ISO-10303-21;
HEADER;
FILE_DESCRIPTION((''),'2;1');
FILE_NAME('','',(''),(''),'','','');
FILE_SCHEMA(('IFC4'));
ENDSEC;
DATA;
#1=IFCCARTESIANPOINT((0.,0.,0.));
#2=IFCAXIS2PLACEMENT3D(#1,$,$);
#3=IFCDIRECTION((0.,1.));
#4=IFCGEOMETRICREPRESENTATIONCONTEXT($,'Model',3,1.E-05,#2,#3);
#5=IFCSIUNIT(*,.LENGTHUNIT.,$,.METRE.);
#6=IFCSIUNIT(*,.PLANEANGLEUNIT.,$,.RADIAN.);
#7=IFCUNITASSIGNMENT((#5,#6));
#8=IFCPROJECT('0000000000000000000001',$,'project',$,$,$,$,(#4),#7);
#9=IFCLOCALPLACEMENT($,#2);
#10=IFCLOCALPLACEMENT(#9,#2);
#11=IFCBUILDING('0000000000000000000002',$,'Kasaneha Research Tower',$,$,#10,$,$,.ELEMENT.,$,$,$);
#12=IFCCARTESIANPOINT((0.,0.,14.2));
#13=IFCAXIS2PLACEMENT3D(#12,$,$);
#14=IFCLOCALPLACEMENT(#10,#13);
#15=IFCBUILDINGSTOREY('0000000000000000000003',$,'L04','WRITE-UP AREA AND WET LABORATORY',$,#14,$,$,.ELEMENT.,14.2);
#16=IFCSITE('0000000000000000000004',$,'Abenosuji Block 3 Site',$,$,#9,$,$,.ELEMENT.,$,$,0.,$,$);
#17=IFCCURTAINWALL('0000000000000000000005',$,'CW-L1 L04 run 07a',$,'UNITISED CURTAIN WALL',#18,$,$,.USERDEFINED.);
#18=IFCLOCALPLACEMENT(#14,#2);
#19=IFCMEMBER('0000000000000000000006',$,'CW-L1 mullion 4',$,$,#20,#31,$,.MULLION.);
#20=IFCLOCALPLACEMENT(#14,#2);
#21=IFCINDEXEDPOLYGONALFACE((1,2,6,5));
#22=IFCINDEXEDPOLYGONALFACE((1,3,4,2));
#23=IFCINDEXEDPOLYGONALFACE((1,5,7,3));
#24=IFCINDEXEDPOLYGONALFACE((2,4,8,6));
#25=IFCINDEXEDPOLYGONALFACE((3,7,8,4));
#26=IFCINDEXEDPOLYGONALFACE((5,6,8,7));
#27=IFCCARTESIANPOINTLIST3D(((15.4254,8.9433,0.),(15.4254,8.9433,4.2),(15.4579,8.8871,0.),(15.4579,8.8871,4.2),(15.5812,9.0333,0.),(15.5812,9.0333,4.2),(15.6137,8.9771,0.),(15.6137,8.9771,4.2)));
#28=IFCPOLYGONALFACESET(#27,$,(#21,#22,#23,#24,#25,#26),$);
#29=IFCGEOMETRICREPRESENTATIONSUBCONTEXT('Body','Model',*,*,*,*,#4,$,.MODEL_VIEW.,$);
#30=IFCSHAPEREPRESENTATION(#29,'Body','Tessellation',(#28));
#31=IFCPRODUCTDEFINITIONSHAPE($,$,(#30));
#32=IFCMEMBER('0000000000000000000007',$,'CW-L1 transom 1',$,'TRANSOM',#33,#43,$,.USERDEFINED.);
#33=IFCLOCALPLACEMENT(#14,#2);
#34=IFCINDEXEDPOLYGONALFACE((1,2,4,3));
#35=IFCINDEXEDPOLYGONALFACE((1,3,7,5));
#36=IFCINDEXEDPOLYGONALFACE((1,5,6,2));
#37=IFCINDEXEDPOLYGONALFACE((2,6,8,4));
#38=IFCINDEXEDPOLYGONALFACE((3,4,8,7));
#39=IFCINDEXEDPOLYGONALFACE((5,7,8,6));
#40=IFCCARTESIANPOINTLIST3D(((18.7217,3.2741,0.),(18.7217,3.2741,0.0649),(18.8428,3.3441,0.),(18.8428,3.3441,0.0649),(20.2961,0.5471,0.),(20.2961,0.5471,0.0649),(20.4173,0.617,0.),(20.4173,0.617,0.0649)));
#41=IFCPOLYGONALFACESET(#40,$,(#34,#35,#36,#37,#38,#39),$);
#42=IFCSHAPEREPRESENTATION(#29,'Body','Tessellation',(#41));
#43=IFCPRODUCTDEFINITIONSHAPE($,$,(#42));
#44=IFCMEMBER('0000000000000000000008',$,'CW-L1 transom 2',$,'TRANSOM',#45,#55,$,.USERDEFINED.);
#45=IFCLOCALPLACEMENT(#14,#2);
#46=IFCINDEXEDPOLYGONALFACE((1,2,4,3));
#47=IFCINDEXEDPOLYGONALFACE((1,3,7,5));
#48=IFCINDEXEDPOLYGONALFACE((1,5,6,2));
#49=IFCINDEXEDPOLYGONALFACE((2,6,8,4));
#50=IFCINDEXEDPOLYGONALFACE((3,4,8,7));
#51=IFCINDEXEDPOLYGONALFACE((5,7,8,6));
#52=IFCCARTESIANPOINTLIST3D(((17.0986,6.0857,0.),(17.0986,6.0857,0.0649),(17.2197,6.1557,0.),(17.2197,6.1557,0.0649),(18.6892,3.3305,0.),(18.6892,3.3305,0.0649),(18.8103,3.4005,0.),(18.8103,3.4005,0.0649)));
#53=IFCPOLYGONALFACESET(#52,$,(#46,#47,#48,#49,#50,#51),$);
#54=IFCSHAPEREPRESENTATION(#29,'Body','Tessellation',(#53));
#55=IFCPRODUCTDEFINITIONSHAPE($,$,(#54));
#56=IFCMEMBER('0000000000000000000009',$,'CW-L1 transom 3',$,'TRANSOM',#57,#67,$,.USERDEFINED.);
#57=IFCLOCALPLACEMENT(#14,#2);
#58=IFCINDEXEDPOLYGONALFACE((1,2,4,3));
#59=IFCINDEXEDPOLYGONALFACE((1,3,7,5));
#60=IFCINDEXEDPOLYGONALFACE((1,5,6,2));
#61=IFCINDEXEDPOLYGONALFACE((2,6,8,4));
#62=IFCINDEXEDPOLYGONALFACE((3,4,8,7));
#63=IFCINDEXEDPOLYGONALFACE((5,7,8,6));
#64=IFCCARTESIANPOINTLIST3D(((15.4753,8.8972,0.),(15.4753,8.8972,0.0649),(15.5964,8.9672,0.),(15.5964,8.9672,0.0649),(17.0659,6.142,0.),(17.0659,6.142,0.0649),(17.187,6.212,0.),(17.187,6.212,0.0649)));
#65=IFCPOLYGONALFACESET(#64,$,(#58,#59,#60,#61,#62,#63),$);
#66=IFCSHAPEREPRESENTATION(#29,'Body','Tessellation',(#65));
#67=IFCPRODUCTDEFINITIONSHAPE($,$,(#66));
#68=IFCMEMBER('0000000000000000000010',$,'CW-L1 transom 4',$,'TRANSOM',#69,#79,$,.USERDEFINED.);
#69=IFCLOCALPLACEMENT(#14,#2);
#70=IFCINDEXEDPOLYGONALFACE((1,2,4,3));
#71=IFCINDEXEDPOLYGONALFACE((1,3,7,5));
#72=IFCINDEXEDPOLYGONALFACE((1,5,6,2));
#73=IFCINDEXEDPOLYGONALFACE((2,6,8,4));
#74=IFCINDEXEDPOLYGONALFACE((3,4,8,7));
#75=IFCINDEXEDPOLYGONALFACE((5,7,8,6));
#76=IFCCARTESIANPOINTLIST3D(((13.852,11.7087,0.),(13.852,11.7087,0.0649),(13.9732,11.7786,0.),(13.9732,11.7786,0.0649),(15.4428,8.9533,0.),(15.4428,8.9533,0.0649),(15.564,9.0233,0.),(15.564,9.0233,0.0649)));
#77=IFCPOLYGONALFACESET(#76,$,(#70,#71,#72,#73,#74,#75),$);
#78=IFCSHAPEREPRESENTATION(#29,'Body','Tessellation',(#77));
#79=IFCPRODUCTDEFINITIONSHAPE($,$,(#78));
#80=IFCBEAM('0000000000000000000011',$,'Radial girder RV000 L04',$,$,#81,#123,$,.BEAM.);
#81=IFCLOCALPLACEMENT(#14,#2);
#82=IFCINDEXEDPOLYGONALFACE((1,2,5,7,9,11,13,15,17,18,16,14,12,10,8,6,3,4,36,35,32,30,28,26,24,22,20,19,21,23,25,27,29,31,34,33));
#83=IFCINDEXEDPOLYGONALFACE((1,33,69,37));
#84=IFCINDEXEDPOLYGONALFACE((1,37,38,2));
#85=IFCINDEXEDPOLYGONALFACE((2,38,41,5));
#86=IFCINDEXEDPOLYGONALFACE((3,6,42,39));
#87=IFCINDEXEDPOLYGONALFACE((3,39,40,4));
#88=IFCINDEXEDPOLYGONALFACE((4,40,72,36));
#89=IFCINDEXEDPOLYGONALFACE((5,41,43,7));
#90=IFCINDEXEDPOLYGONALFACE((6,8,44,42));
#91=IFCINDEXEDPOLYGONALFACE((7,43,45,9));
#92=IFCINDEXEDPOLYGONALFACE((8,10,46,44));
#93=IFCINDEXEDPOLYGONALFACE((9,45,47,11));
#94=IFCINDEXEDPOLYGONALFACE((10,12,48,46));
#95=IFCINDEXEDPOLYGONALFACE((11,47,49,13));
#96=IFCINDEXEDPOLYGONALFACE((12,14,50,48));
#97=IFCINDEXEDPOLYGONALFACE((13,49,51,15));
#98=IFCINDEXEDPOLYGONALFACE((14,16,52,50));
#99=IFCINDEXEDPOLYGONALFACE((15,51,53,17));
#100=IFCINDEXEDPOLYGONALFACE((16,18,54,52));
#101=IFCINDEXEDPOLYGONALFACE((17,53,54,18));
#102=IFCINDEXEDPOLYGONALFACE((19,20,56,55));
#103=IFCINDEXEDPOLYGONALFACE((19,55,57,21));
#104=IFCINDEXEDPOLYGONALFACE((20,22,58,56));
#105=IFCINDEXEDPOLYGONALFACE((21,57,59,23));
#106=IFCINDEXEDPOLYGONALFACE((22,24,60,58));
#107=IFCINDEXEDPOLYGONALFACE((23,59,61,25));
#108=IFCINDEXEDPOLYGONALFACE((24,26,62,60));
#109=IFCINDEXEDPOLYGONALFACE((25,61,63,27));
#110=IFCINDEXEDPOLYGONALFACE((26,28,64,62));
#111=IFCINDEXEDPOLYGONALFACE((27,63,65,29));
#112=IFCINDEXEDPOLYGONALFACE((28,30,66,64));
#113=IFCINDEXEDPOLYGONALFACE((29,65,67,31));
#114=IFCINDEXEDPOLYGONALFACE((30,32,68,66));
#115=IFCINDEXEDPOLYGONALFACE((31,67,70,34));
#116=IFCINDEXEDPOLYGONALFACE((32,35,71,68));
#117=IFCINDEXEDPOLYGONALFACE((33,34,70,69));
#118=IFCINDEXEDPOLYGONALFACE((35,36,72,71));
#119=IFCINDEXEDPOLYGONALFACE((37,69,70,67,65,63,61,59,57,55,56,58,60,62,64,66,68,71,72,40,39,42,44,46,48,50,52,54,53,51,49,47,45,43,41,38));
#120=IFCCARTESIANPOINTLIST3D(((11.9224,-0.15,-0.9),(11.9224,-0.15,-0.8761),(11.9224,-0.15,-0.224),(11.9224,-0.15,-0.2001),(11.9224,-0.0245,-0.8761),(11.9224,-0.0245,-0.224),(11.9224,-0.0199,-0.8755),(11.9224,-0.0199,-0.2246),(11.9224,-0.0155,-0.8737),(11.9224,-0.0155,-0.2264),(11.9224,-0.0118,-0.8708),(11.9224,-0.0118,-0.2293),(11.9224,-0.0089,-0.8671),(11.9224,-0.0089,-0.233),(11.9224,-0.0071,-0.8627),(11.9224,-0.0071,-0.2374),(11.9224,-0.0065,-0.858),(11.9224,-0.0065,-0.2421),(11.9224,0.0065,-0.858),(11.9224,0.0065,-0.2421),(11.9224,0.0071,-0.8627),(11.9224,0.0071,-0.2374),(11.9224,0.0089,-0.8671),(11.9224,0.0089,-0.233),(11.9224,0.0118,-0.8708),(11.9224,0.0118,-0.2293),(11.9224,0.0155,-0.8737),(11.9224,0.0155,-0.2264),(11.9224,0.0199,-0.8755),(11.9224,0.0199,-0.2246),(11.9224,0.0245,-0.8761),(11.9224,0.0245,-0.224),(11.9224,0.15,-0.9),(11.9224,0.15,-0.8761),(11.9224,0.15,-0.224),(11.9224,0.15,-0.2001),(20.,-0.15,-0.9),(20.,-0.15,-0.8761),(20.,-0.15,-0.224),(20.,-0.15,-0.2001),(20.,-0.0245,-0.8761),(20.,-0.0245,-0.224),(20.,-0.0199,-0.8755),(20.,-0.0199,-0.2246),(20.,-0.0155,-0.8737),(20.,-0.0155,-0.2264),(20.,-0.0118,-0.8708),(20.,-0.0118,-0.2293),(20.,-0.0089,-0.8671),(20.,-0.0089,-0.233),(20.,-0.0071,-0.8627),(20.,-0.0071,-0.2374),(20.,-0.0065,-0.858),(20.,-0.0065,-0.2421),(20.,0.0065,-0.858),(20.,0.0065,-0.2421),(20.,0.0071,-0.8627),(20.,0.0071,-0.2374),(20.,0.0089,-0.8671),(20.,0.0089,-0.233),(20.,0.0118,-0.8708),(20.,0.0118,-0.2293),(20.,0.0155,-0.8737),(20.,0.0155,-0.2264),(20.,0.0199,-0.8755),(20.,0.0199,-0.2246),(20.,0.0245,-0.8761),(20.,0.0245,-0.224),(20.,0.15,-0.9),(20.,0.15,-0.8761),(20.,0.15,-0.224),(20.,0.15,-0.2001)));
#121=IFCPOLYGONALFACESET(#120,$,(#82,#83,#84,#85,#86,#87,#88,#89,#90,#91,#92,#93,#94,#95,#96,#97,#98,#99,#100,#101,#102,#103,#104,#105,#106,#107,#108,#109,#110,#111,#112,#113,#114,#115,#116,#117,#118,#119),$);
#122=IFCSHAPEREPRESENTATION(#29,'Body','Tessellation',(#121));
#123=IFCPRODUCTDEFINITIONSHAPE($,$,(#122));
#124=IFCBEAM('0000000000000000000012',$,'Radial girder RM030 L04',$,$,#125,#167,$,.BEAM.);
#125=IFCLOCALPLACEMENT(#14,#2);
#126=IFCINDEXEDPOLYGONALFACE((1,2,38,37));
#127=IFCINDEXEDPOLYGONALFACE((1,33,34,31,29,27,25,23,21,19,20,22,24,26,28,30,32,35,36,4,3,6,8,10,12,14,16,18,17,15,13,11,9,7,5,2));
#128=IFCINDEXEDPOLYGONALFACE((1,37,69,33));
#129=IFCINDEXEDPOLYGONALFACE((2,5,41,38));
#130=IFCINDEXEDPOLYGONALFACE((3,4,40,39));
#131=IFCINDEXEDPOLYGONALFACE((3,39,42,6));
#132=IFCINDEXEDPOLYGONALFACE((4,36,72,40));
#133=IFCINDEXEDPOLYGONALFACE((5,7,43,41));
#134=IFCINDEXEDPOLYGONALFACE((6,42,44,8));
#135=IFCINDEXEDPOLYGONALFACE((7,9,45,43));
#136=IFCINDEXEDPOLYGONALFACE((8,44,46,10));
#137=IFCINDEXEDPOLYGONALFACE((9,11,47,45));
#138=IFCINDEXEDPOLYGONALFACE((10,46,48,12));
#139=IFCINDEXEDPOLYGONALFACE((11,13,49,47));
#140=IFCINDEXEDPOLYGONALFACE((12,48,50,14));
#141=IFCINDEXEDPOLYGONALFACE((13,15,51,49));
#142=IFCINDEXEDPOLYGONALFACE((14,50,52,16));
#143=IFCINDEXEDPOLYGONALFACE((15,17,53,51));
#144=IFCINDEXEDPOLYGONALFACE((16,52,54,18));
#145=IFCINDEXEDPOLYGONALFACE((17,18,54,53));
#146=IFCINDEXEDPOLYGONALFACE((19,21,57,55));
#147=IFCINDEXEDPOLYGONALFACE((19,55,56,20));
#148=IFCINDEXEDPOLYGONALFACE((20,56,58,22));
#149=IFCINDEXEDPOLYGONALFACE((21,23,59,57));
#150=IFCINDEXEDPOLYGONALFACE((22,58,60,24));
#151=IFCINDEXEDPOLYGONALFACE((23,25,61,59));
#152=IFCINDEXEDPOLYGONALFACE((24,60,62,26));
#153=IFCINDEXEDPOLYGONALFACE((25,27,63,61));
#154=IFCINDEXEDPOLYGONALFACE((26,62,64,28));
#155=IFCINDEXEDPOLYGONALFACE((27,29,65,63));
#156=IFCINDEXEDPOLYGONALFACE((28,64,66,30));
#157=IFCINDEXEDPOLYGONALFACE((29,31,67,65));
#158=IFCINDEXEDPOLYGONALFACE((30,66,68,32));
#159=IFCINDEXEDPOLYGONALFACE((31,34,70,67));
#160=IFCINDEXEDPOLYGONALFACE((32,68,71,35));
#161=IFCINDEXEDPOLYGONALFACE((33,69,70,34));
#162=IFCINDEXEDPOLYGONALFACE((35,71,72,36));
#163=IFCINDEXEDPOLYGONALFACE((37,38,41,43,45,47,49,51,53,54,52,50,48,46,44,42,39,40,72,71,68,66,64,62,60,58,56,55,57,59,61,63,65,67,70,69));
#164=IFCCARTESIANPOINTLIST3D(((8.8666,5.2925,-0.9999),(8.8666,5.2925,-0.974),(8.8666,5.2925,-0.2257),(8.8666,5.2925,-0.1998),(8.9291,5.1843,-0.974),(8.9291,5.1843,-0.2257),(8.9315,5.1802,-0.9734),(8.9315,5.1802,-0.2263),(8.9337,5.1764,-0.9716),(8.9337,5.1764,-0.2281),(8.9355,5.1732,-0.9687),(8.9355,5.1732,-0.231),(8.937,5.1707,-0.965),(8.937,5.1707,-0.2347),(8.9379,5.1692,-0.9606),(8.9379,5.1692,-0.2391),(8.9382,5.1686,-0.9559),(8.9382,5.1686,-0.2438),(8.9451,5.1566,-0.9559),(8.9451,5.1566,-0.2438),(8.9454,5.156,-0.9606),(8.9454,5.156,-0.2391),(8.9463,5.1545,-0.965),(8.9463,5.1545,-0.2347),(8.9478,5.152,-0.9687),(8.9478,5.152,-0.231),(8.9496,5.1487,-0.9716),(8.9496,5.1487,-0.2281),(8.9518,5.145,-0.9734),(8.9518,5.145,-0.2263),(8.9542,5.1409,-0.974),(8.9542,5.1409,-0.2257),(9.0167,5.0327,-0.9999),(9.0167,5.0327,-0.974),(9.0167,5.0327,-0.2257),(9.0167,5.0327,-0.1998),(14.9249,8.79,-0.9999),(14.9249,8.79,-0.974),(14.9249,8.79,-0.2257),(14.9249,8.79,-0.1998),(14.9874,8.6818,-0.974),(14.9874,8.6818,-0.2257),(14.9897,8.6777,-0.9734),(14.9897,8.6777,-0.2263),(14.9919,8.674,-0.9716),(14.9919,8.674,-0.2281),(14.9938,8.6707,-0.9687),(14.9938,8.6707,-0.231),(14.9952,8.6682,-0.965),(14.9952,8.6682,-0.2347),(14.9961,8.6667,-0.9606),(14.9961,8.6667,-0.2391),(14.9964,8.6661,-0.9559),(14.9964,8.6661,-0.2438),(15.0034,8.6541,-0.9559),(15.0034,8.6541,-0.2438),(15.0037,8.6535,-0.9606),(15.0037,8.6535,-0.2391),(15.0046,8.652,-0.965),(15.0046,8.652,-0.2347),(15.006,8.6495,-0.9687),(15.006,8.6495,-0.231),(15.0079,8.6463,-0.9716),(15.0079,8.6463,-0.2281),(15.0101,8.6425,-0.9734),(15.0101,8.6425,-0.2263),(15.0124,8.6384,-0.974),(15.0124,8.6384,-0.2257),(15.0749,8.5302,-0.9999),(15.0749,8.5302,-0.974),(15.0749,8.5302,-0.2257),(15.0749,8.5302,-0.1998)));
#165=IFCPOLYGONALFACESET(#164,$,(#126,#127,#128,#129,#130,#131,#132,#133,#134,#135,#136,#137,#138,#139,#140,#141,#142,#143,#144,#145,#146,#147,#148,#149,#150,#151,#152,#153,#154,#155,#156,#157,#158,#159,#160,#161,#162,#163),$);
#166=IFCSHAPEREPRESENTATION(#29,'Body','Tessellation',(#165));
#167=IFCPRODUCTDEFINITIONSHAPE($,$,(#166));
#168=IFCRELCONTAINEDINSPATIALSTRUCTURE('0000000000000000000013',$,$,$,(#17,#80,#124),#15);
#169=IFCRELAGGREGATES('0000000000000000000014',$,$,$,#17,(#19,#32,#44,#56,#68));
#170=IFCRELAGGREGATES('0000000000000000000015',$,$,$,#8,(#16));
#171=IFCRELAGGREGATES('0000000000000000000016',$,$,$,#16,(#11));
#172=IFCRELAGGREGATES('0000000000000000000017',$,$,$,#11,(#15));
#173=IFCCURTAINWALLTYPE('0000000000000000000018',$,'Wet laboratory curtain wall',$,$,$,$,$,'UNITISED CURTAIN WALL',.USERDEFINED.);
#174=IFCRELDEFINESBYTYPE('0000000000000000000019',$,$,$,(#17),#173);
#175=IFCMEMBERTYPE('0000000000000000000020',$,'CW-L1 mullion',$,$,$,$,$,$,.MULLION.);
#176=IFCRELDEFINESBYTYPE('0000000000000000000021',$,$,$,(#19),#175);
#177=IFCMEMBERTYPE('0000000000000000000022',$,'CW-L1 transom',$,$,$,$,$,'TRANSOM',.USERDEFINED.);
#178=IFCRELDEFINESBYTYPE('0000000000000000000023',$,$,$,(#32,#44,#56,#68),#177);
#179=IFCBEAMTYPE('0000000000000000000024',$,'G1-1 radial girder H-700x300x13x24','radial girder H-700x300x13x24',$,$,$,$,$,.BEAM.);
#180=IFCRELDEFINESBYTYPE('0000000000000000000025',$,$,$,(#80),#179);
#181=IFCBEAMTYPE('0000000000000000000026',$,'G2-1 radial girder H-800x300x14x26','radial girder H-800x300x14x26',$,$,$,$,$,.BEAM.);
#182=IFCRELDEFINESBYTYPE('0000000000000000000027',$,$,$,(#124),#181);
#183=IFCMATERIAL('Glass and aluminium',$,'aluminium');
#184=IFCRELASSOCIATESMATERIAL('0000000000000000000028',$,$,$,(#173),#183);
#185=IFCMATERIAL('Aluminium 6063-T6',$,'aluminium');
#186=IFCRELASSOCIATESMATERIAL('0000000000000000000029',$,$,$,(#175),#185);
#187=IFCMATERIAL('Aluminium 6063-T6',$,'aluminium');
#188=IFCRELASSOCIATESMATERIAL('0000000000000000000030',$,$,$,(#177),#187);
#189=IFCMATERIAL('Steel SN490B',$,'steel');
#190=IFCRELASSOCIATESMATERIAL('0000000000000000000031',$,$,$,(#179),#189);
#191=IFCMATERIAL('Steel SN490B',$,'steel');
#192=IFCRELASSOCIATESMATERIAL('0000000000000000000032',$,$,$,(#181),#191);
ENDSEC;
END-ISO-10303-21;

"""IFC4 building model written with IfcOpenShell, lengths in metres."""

from ifc_helpers import new_model, si_unit, direction, frame, origin, origin_2d, place, context, subcontext, project, spatial, rectangle, i_section, extrude, material, material_profile, profile_set, type_object, element, aggregate, save


model = new_model("IFC4")

# Units and contexts
model_context = context("Model", 3, precision=1e-05, world=origin(), true_north=direction((0.0, 1.0)))
body_context = subcontext(model_context, "Body", "Model", "MODEL_VIEW")
ifc_project = project(units=[si_unit("LENGTHUNIT", "METRE"), si_unit("PLANEANGLEUNIT", "RADIAN")], contexts=[model_context])

# Site, building, storey
site_placement = place(None, origin())
site = spatial("IfcSite", under=ifc_project, at=site_placement, Name="Abenosuji Block 3 Site", CompositionType="ELEMENT", RefElevation=0.0)
building_placement = place(site_placement, origin())
building = spatial("IfcBuilding", under=site, at=building_placement, Name="Kasaneha Research Tower", CompositionType="ELEMENT")
storey_placement = place(building_placement, frame((0.0, 0.0, 14.2)))
storey = spatial("IfcBuildingStorey", under=building, at=storey_placement, Name="L04", Description="WRITE-UP AREA AND WET LABORATORY", CompositionType="ELEMENT", Elevation=14.2)

# Shared definitions
ifc_material_1 = material(Name="Glass and aluminium", Category="aluminium")
curtain_wall_type = type_object("IfcCurtainWallType", Name="Wet laboratory curtain wall", ElementType="UNITISED CURTAIN WALL", PredefinedType="USERDEFINED", material=ifc_material_1)
ifc_material_2 = material(Name="Aluminium 6063-T6", Category="aluminium")
ifc_material_profile_1 = material_profile(ifc_material_2, rectangle(XDim=0.0649, YDim=0.1799, at=origin_2d()), Name="CW-L1 mullion 65x180")
ifc_profile_set_1 = profile_set([ifc_material_profile_1], Name="Aluminium 6063-T6")
member_type_1 = type_object("IfcMemberType", Name="CW-L1 mullion", PredefinedType="MULLION", material=ifc_profile_set_1)

# Curtain wall, members
curtain_wall_1_placement = place(storey_placement, origin())
curtain_wall_1 = element("IfcCurtainWall", 1, at=curtain_wall_1_placement, inside=storey, type_object=curtain_wall_type, Name="CW-L1 L04 run 07a", ObjectType="UNITISED CURTAIN WALL", PredefinedType="USERDEFINED")
member_1_placement = place(storey_placement, frame((15.5195, 8.9602, 0.0), z_axis=(0.0, 0.0, 1.0), x_axis=(-0.5, 0.866025, 0.0)))
member_1 = element("IfcMember", 2, at=member_1_placement, type_object=member_type_1, Name="CW-L1 mullion 4", PredefinedType="MULLION", context=body_context, shape_type="SweptSolid", body=[
    extrude(rectangle(XDim=0.0649, YDim=0.1799, at=origin_2d()), origin(), (0.0, 0.0, 1.0), 4.2),
])
ifc_material_3 = material(Name="Aluminium 6063-T6", Category="aluminium")
ifc_material_profile_2 = material_profile(ifc_material_3, rectangle(XDim=0.1399, YDim=0.0649, at=origin_2d()), Name="CW-L1 transom 140x65")
ifc_profile_set_2 = profile_set([ifc_material_profile_2], Name="Aluminium 6063-T6")
member_type_2 = type_object("IfcMemberType", Name="CW-L1 transom", ElementType="TRANSOM", PredefinedType="USERDEFINED", material=ifc_profile_set_2)
member_2_placement = place(storey_placement, frame((20.3567, 0.582, 0.0325), z_axis=(-0.5, 0.866025, 0.0), x_axis=(-0.866025, -0.5, 0.0)))
member_2 = element("IfcMember", 3, at=member_2_placement, type_object=member_type_2, Name="CW-L1 transom 1", ObjectType="TRANSOM", PredefinedType="USERDEFINED", context=body_context, shape_type="SweptSolid", body=[
    extrude(rectangle(XDim=0.1399, YDim=0.0649, at=origin_2d()), origin(), (0.0, 0.0, 1.0), 3.1489),
])
member_3_placement = place(storey_placement, frame((18.7498, 3.3655, 0.0325), z_axis=(-0.499977, 0.866039, 0.0), x_axis=(-0.866039, -0.499977, 0.0)))
member_3 = element("IfcMember", 4, at=member_3_placement, type_object=member_type_2, Name="CW-L1 transom 2", ObjectType="TRANSOM", PredefinedType="USERDEFINED", context=body_context, shape_type="SweptSolid", body=[
    extrude(rectangle(XDim=0.1399, YDim=0.0649, at=origin_2d()), origin(), (0.0, 0.0, 1.0), 3.1814),
])
member_4_placement = place(storey_placement, frame((17.1265, 6.177, 0.0325), z_axis=(-0.499977, 0.866039, 0.0), x_axis=(-0.866039, -0.499977, 0.0)))
member_4 = element("IfcMember", 5, at=member_4_placement, type_object=member_type_2, Name="CW-L1 transom 3", ObjectType="TRANSOM", PredefinedType="USERDEFINED", context=body_context, shape_type="SweptSolid", body=[
    extrude(rectangle(XDim=0.1399, YDim=0.0649, at=origin_2d()), origin(), (0.0, 0.0, 1.0), 3.1814),
])
member_5_placement = place(storey_placement, frame((15.5034, 8.9883, 0.0325), z_axis=(-0.500001, 0.866025, 0.0), x_axis=(-0.866025, -0.500001, 0.0)))
member_5 = element("IfcMember", 6, at=member_5_placement, type_object=member_type_2, Name="CW-L1 transom 4", ObjectType="TRANSOM", PredefinedType="USERDEFINED", context=body_context, shape_type="SweptSolid", body=[
    extrude(rectangle(XDim=0.1399, YDim=0.0649, at=origin_2d()), origin(), (0.0, 0.0, 1.0), 3.1816),
])

# Beams
ifc_material_4 = material(Name="Steel SN490B", Category="steel")
ifc_material_profile_3 = material_profile(ifc_material_4, i_section(OverallWidth=0.3, OverallDepth=0.7, WebThickness=0.0129, FlangeThickness=0.0239, FilletRadius=0.0181, at=origin_2d()), Name="H-700x300x13x24")
ifc_profile_set_3 = profile_set([ifc_material_profile_3], Name="Steel SN490B")
beam_type_1 = type_object("IfcBeamType", Name="G1-1 radial girder H-700x300x13x24", Description="radial girder H-700x300x13x24", PredefinedType="BEAM", material=ifc_profile_set_3)
beam_1_placement = place(storey_placement, frame((11.9224, 0.0, -0.55), z_axis=(1.0, 0.0, 0.0), x_axis=(0.0, 1.0, 0.0)))
element("IfcBeam", 7, at=beam_1_placement, inside=storey, type_object=beam_type_1, Name="Radial girder RV000 L04", PredefinedType="BEAM", context=body_context, shape_type="SweptSolid", body=[
    extrude(i_section(OverallWidth=0.3, OverallDepth=0.7, WebThickness=0.0129, FlangeThickness=0.0239, FilletRadius=0.0181, at=origin_2d()), origin(), (0.0, 0.0, 1.0), 8.0776),
])
ifc_material_5 = material(Name="Steel SN490B", Category="steel")
ifc_material_profile_4 = material_profile(ifc_material_5, i_section(OverallWidth=0.3, OverallDepth=0.8, WebThickness=0.0139, FlangeThickness=0.0259, FilletRadius=0.0181, at=origin_2d()), Name="H-800x300x14x26")
ifc_profile_set_4 = profile_set([ifc_material_profile_4], Name="Steel SN490B")
beam_type_2 = type_object("IfcBeamType", Name="G2-1 radial girder H-800x300x14x26", Description="radial girder H-800x300x14x26", PredefinedType="BEAM", material=ifc_profile_set_4)
beam_2_placement = place(storey_placement, frame((8.9417, 5.1626, -0.5999), z_axis=(0.86604, 0.499975, 0.0), x_axis=(-0.499975, 0.86604, 0.0)))
element("IfcBeam", 8, at=beam_2_placement, inside=storey, type_object=beam_type_2, Name="Radial girder RM030 L04", PredefinedType="BEAM", context=body_context, shape_type="SweptSolid", body=[
    extrude(i_section(OverallWidth=0.3, OverallDepth=0.8, WebThickness=0.0139, FlangeThickness=0.0259, FilletRadius=0.0181, at=origin_2d()), origin(), (0.0, 0.0, 1.0), 6.9954),
])

aggregate(curtain_wall_1, [member_1, member_2, member_3, member_4, member_5])

save(model, "model.ifc")
